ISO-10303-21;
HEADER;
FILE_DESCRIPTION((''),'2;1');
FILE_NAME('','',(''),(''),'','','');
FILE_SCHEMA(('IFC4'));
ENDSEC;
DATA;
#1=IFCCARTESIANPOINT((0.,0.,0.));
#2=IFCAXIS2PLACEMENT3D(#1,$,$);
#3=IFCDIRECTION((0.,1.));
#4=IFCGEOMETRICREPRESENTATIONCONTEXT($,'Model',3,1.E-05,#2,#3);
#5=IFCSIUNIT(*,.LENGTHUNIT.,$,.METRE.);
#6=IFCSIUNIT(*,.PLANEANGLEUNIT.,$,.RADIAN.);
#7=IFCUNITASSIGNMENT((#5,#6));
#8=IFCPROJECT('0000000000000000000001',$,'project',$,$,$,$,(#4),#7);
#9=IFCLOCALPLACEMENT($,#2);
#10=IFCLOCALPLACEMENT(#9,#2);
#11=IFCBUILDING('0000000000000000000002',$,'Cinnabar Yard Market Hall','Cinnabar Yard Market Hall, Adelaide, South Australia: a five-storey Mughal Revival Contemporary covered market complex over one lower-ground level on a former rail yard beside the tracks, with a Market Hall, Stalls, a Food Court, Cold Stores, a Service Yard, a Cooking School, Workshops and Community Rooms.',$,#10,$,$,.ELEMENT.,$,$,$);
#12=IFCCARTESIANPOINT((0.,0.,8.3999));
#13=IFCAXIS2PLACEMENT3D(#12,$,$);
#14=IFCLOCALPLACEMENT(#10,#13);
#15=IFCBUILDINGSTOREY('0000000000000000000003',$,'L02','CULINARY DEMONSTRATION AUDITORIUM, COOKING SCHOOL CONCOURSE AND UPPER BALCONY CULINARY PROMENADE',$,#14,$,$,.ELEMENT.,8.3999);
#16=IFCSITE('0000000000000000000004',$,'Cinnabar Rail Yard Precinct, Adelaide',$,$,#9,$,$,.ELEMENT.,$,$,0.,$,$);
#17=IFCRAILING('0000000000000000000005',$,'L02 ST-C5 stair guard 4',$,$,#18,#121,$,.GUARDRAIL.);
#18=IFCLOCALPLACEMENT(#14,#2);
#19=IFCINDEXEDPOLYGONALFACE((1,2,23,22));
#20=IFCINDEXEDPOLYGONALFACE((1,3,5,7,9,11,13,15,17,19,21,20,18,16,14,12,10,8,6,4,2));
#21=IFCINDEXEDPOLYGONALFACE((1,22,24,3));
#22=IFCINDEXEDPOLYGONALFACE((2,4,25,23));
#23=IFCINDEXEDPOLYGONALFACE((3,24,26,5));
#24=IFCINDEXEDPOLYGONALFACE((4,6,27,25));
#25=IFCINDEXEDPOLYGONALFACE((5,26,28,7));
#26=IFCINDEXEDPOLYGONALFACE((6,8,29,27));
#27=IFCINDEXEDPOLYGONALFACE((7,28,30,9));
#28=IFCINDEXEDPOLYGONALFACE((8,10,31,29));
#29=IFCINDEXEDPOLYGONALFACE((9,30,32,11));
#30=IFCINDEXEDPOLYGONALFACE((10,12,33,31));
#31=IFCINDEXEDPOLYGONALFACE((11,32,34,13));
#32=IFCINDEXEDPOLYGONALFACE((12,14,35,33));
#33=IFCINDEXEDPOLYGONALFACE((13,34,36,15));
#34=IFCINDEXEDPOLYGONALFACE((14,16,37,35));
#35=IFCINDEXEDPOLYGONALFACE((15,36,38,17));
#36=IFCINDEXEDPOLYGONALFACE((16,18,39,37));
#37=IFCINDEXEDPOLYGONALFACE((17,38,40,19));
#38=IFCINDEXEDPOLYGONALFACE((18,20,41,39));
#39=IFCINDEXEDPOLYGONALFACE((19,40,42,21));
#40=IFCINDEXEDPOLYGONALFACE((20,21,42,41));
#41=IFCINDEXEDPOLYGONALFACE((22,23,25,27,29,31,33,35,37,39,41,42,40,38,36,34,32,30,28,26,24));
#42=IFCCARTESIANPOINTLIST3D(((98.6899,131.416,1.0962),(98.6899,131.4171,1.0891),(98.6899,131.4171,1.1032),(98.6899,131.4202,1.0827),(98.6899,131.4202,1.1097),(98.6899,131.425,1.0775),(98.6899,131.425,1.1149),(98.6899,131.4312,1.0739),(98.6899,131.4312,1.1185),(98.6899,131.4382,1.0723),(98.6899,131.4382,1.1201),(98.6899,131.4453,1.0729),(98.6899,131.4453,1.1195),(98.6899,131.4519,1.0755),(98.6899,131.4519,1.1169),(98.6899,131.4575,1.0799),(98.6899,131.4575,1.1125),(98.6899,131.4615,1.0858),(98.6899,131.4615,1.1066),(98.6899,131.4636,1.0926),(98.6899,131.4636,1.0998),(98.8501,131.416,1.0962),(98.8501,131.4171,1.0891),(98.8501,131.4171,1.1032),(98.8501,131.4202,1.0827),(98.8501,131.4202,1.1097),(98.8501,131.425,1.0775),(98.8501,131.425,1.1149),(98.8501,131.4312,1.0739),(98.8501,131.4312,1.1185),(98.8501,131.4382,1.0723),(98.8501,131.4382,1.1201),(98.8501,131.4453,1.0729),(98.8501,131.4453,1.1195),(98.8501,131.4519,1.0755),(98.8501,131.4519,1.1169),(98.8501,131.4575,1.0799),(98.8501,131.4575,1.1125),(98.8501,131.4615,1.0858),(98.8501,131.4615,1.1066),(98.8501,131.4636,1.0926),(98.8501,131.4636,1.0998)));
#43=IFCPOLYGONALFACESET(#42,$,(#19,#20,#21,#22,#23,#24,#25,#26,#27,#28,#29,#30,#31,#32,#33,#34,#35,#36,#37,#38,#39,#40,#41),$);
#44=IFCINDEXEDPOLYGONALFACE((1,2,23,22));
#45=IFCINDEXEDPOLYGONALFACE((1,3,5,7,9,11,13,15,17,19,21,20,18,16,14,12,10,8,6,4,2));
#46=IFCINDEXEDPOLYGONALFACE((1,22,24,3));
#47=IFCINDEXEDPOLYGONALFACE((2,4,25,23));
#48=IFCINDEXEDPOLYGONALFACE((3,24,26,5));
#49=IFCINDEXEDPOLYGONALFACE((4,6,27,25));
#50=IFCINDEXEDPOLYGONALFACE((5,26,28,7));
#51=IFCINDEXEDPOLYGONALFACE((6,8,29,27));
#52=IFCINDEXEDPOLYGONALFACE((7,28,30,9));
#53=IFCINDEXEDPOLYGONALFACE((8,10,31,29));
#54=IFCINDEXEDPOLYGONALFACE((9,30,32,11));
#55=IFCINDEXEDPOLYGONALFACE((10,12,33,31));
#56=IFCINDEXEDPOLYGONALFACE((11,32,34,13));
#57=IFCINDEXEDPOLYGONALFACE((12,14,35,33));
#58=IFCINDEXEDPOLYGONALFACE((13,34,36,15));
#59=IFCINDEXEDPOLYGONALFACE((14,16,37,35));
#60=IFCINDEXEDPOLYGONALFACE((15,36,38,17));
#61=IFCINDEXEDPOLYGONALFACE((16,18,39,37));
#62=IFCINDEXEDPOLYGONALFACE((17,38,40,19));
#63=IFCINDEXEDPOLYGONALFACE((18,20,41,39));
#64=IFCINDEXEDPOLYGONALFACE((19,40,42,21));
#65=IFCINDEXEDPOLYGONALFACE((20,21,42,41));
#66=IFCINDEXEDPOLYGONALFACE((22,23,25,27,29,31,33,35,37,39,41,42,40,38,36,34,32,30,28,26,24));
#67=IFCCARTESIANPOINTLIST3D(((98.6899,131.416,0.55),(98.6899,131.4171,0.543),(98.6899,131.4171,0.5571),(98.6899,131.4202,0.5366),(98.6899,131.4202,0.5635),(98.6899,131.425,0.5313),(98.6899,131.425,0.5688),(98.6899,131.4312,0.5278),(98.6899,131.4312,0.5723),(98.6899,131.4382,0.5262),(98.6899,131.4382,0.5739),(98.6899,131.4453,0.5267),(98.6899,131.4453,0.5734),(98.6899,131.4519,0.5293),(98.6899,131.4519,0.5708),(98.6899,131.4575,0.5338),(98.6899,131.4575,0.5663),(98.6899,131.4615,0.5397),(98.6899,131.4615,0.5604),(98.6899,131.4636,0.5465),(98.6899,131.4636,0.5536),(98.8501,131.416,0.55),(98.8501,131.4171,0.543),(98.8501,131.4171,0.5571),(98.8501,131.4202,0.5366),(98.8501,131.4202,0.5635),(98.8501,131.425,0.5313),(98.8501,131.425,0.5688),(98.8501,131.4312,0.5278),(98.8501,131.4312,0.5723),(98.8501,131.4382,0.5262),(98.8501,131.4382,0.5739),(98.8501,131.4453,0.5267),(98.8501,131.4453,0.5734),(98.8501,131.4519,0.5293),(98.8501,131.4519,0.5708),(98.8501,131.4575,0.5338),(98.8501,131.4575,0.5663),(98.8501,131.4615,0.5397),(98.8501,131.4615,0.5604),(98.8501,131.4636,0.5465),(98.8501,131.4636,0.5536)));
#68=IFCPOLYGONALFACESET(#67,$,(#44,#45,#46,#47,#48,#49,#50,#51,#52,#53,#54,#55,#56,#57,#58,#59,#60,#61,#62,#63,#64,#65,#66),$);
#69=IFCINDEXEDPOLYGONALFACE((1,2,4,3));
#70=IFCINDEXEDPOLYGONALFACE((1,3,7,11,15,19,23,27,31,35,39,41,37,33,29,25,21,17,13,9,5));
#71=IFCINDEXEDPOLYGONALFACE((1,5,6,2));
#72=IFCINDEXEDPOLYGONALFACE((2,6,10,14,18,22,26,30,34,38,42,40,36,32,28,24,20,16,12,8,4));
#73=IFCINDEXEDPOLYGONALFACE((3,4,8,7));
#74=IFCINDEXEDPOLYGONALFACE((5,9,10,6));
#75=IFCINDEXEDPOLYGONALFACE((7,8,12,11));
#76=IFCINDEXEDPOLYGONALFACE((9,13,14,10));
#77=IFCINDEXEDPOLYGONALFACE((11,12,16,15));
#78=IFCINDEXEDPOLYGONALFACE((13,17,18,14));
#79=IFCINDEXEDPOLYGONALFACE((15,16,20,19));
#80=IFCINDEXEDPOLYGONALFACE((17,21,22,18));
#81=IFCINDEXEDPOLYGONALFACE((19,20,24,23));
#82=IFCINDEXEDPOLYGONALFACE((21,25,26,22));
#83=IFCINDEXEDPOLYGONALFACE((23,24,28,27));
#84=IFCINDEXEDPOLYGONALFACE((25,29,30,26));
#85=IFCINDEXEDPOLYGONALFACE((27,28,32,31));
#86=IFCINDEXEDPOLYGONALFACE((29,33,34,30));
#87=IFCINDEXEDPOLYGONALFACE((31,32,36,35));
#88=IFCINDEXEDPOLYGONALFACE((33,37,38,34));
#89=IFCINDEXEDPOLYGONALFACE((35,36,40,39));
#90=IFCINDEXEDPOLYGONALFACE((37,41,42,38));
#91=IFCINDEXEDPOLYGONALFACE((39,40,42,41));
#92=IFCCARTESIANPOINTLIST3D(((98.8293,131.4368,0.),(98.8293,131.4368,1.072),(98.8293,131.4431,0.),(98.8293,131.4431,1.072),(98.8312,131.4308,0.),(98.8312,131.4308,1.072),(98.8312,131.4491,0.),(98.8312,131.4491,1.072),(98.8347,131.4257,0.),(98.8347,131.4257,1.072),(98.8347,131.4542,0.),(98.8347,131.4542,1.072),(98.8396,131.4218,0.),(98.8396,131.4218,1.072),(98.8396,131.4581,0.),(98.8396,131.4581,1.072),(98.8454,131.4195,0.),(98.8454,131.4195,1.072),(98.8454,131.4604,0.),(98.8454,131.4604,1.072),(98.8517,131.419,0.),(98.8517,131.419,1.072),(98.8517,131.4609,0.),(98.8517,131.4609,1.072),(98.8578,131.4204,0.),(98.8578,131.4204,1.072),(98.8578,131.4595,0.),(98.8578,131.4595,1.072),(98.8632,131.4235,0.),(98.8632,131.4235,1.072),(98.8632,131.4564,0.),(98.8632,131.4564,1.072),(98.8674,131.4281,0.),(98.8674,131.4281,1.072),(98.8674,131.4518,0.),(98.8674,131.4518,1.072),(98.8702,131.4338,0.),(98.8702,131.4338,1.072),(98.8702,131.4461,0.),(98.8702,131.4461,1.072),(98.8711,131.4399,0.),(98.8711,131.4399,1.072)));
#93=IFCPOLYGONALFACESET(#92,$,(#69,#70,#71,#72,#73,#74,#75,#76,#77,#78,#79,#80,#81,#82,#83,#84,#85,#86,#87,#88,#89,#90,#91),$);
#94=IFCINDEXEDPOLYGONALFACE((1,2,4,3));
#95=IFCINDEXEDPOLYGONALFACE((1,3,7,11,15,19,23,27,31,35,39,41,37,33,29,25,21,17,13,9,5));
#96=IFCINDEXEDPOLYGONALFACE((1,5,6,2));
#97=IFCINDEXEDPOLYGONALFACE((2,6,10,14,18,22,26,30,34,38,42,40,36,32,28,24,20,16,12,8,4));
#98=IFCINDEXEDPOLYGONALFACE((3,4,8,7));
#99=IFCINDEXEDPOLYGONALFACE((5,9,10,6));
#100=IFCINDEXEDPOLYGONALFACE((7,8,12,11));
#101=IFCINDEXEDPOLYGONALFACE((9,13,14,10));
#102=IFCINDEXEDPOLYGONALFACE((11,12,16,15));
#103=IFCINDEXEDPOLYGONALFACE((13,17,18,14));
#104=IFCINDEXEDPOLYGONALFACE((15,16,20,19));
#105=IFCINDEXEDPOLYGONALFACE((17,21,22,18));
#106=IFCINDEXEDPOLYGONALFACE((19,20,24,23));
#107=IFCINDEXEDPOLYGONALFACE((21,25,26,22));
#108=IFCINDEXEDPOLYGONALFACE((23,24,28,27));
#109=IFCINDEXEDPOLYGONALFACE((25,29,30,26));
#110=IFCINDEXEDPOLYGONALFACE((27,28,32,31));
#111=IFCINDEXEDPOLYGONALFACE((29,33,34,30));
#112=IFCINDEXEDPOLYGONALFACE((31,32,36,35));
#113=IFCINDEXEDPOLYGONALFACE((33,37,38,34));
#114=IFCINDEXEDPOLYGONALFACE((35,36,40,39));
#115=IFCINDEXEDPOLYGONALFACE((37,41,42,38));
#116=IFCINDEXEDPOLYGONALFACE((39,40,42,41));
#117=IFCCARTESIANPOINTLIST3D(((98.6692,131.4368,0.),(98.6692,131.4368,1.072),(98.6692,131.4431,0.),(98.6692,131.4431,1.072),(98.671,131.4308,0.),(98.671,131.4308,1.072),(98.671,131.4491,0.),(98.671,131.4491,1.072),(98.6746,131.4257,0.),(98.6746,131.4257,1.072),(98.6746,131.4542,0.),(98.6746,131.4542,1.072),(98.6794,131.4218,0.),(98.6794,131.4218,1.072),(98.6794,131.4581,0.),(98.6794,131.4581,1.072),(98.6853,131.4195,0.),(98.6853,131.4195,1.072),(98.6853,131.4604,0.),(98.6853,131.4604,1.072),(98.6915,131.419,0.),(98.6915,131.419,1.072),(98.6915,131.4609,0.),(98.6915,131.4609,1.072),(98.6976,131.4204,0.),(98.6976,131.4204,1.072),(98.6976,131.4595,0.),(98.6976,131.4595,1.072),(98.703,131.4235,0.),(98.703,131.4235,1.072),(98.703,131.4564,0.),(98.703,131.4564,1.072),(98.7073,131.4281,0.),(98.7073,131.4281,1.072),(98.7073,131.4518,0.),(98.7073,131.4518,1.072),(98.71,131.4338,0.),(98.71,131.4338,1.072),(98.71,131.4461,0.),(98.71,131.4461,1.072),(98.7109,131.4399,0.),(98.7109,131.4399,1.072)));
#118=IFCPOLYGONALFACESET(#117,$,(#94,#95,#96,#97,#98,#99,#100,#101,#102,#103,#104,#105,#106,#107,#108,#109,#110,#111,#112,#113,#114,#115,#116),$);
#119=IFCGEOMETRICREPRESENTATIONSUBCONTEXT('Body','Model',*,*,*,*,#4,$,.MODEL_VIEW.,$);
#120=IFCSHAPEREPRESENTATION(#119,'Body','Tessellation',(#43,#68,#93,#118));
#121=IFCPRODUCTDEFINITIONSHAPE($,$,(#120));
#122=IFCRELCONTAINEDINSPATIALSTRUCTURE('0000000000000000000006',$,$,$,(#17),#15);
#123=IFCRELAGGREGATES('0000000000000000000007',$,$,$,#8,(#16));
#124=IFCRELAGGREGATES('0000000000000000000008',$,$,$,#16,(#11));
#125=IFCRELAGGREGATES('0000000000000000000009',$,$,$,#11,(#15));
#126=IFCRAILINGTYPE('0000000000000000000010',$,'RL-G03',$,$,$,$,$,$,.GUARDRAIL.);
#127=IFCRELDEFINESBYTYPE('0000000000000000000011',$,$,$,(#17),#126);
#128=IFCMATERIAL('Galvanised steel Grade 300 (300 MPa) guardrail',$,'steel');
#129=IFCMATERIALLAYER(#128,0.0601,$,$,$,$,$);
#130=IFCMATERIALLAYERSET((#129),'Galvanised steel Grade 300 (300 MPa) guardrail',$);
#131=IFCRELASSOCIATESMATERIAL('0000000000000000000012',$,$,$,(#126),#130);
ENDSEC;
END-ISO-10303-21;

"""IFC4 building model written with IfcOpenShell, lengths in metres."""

from ifc_helpers import new_model, si_unit, direction, frame, origin, origin_2d_with_axis, place, context, subcontext, project, spatial, circle, extrude, material, layer, layer_set, type_object, element, save


model = new_model("IFC4")

# Units and contexts
model_context = context("Model", 3, precision=1e-05, world=origin(), true_north=direction((0.0, 1.0)))
body_context = subcontext(model_context, "Body", "Model", "MODEL_VIEW")
ifc_project = project(units=[si_unit("LENGTHUNIT", "METRE"), si_unit("PLANEANGLEUNIT", "RADIAN")], contexts=[model_context])

# Site, building, storey
site_placement = place(None, origin())
site = spatial("IfcSite", under=ifc_project, at=site_placement, Name="Cinnabar Rail Yard Precinct, Adelaide", CompositionType="ELEMENT", RefElevation=0.0)
building_placement = place(site_placement, origin())
building = spatial("IfcBuilding", under=site, at=building_placement, Name="Cinnabar Yard Market Hall", Description="Cinnabar Yard Market Hall, Adelaide, South Australia: a five-storey Mughal Revival Contemporary covered market complex over one lower-ground level on a former rail yard beside the tracks, with a Market Hall, Stalls, a Food Court, Cold Stores, a Service Yard, a Cooking School, Workshops and Community Rooms.", CompositionType="ELEMENT")
storey_placement = place(building_placement, frame((0.0, 0.0, 8.3999)))
storey = spatial("IfcBuildingStorey", under=building, at=storey_placement, Name="L02", Description="CULINARY DEMONSTRATION AUDITORIUM, COOKING SCHOOL CONCOURSE AND UPPER BALCONY CULINARY PROMENADE", CompositionType="ELEMENT", Elevation=8.3999)

# Railing
ifc_material_1 = material(Name="Galvanised steel Grade 300 (300 MPa) guardrail", Category="steel")
ifc_layer_1 = layer(ifc_material_1, 0.0601)
ifc_layer_set_1 = layer_set([ifc_layer_1], Name="Galvanised steel Grade 300 (300 MPa) guardrail")
railing_type_1 = type_object("IfcRailingType", Name="RL-G03", PredefinedType="GUARDRAIL", material=ifc_layer_set_1)
railing_1_placement = place(storey_placement, frame((98.8501, 131.4399, 0.0)))
element("IfcRailing", 1, at=railing_1_placement, inside=storey, type_object=railing_type_1, Name="L02 ST-C5 stair guard 4", PredefinedType="GUARDRAIL", context=body_context, shape_type="SweptSolid", body=[
    extrude(circle(Radius=0.0239, at=origin_2d_with_axis()), frame((0.0, 0.0, 1.0962), z_axis=(-1.0, 0.0, 0.0), x_axis=(0.0, -1.0, 0.0)), (0.0, 0.0, 1.0), 0.1602),
    extrude(circle(Radius=0.0239, at=origin_2d_with_axis()), frame((0.0, 0.0, 0.55), z_axis=(-1.0, 0.0, 0.0), x_axis=(0.0, -1.0, 0.0)), (0.0, 0.0, 1.0), 0.1602),
    extrude(circle(Radius=0.021, at=origin_2d_with_axis()), origin(), (0.0, 0.0, 1.0), 1.072),
    extrude(circle(Radius=0.021, at=origin_2d_with_axis()), frame((-0.1602, 0.0, 0.0)), (0.0, 0.0, 1.0), 1.072),
])

save(model, "model.ifc")
